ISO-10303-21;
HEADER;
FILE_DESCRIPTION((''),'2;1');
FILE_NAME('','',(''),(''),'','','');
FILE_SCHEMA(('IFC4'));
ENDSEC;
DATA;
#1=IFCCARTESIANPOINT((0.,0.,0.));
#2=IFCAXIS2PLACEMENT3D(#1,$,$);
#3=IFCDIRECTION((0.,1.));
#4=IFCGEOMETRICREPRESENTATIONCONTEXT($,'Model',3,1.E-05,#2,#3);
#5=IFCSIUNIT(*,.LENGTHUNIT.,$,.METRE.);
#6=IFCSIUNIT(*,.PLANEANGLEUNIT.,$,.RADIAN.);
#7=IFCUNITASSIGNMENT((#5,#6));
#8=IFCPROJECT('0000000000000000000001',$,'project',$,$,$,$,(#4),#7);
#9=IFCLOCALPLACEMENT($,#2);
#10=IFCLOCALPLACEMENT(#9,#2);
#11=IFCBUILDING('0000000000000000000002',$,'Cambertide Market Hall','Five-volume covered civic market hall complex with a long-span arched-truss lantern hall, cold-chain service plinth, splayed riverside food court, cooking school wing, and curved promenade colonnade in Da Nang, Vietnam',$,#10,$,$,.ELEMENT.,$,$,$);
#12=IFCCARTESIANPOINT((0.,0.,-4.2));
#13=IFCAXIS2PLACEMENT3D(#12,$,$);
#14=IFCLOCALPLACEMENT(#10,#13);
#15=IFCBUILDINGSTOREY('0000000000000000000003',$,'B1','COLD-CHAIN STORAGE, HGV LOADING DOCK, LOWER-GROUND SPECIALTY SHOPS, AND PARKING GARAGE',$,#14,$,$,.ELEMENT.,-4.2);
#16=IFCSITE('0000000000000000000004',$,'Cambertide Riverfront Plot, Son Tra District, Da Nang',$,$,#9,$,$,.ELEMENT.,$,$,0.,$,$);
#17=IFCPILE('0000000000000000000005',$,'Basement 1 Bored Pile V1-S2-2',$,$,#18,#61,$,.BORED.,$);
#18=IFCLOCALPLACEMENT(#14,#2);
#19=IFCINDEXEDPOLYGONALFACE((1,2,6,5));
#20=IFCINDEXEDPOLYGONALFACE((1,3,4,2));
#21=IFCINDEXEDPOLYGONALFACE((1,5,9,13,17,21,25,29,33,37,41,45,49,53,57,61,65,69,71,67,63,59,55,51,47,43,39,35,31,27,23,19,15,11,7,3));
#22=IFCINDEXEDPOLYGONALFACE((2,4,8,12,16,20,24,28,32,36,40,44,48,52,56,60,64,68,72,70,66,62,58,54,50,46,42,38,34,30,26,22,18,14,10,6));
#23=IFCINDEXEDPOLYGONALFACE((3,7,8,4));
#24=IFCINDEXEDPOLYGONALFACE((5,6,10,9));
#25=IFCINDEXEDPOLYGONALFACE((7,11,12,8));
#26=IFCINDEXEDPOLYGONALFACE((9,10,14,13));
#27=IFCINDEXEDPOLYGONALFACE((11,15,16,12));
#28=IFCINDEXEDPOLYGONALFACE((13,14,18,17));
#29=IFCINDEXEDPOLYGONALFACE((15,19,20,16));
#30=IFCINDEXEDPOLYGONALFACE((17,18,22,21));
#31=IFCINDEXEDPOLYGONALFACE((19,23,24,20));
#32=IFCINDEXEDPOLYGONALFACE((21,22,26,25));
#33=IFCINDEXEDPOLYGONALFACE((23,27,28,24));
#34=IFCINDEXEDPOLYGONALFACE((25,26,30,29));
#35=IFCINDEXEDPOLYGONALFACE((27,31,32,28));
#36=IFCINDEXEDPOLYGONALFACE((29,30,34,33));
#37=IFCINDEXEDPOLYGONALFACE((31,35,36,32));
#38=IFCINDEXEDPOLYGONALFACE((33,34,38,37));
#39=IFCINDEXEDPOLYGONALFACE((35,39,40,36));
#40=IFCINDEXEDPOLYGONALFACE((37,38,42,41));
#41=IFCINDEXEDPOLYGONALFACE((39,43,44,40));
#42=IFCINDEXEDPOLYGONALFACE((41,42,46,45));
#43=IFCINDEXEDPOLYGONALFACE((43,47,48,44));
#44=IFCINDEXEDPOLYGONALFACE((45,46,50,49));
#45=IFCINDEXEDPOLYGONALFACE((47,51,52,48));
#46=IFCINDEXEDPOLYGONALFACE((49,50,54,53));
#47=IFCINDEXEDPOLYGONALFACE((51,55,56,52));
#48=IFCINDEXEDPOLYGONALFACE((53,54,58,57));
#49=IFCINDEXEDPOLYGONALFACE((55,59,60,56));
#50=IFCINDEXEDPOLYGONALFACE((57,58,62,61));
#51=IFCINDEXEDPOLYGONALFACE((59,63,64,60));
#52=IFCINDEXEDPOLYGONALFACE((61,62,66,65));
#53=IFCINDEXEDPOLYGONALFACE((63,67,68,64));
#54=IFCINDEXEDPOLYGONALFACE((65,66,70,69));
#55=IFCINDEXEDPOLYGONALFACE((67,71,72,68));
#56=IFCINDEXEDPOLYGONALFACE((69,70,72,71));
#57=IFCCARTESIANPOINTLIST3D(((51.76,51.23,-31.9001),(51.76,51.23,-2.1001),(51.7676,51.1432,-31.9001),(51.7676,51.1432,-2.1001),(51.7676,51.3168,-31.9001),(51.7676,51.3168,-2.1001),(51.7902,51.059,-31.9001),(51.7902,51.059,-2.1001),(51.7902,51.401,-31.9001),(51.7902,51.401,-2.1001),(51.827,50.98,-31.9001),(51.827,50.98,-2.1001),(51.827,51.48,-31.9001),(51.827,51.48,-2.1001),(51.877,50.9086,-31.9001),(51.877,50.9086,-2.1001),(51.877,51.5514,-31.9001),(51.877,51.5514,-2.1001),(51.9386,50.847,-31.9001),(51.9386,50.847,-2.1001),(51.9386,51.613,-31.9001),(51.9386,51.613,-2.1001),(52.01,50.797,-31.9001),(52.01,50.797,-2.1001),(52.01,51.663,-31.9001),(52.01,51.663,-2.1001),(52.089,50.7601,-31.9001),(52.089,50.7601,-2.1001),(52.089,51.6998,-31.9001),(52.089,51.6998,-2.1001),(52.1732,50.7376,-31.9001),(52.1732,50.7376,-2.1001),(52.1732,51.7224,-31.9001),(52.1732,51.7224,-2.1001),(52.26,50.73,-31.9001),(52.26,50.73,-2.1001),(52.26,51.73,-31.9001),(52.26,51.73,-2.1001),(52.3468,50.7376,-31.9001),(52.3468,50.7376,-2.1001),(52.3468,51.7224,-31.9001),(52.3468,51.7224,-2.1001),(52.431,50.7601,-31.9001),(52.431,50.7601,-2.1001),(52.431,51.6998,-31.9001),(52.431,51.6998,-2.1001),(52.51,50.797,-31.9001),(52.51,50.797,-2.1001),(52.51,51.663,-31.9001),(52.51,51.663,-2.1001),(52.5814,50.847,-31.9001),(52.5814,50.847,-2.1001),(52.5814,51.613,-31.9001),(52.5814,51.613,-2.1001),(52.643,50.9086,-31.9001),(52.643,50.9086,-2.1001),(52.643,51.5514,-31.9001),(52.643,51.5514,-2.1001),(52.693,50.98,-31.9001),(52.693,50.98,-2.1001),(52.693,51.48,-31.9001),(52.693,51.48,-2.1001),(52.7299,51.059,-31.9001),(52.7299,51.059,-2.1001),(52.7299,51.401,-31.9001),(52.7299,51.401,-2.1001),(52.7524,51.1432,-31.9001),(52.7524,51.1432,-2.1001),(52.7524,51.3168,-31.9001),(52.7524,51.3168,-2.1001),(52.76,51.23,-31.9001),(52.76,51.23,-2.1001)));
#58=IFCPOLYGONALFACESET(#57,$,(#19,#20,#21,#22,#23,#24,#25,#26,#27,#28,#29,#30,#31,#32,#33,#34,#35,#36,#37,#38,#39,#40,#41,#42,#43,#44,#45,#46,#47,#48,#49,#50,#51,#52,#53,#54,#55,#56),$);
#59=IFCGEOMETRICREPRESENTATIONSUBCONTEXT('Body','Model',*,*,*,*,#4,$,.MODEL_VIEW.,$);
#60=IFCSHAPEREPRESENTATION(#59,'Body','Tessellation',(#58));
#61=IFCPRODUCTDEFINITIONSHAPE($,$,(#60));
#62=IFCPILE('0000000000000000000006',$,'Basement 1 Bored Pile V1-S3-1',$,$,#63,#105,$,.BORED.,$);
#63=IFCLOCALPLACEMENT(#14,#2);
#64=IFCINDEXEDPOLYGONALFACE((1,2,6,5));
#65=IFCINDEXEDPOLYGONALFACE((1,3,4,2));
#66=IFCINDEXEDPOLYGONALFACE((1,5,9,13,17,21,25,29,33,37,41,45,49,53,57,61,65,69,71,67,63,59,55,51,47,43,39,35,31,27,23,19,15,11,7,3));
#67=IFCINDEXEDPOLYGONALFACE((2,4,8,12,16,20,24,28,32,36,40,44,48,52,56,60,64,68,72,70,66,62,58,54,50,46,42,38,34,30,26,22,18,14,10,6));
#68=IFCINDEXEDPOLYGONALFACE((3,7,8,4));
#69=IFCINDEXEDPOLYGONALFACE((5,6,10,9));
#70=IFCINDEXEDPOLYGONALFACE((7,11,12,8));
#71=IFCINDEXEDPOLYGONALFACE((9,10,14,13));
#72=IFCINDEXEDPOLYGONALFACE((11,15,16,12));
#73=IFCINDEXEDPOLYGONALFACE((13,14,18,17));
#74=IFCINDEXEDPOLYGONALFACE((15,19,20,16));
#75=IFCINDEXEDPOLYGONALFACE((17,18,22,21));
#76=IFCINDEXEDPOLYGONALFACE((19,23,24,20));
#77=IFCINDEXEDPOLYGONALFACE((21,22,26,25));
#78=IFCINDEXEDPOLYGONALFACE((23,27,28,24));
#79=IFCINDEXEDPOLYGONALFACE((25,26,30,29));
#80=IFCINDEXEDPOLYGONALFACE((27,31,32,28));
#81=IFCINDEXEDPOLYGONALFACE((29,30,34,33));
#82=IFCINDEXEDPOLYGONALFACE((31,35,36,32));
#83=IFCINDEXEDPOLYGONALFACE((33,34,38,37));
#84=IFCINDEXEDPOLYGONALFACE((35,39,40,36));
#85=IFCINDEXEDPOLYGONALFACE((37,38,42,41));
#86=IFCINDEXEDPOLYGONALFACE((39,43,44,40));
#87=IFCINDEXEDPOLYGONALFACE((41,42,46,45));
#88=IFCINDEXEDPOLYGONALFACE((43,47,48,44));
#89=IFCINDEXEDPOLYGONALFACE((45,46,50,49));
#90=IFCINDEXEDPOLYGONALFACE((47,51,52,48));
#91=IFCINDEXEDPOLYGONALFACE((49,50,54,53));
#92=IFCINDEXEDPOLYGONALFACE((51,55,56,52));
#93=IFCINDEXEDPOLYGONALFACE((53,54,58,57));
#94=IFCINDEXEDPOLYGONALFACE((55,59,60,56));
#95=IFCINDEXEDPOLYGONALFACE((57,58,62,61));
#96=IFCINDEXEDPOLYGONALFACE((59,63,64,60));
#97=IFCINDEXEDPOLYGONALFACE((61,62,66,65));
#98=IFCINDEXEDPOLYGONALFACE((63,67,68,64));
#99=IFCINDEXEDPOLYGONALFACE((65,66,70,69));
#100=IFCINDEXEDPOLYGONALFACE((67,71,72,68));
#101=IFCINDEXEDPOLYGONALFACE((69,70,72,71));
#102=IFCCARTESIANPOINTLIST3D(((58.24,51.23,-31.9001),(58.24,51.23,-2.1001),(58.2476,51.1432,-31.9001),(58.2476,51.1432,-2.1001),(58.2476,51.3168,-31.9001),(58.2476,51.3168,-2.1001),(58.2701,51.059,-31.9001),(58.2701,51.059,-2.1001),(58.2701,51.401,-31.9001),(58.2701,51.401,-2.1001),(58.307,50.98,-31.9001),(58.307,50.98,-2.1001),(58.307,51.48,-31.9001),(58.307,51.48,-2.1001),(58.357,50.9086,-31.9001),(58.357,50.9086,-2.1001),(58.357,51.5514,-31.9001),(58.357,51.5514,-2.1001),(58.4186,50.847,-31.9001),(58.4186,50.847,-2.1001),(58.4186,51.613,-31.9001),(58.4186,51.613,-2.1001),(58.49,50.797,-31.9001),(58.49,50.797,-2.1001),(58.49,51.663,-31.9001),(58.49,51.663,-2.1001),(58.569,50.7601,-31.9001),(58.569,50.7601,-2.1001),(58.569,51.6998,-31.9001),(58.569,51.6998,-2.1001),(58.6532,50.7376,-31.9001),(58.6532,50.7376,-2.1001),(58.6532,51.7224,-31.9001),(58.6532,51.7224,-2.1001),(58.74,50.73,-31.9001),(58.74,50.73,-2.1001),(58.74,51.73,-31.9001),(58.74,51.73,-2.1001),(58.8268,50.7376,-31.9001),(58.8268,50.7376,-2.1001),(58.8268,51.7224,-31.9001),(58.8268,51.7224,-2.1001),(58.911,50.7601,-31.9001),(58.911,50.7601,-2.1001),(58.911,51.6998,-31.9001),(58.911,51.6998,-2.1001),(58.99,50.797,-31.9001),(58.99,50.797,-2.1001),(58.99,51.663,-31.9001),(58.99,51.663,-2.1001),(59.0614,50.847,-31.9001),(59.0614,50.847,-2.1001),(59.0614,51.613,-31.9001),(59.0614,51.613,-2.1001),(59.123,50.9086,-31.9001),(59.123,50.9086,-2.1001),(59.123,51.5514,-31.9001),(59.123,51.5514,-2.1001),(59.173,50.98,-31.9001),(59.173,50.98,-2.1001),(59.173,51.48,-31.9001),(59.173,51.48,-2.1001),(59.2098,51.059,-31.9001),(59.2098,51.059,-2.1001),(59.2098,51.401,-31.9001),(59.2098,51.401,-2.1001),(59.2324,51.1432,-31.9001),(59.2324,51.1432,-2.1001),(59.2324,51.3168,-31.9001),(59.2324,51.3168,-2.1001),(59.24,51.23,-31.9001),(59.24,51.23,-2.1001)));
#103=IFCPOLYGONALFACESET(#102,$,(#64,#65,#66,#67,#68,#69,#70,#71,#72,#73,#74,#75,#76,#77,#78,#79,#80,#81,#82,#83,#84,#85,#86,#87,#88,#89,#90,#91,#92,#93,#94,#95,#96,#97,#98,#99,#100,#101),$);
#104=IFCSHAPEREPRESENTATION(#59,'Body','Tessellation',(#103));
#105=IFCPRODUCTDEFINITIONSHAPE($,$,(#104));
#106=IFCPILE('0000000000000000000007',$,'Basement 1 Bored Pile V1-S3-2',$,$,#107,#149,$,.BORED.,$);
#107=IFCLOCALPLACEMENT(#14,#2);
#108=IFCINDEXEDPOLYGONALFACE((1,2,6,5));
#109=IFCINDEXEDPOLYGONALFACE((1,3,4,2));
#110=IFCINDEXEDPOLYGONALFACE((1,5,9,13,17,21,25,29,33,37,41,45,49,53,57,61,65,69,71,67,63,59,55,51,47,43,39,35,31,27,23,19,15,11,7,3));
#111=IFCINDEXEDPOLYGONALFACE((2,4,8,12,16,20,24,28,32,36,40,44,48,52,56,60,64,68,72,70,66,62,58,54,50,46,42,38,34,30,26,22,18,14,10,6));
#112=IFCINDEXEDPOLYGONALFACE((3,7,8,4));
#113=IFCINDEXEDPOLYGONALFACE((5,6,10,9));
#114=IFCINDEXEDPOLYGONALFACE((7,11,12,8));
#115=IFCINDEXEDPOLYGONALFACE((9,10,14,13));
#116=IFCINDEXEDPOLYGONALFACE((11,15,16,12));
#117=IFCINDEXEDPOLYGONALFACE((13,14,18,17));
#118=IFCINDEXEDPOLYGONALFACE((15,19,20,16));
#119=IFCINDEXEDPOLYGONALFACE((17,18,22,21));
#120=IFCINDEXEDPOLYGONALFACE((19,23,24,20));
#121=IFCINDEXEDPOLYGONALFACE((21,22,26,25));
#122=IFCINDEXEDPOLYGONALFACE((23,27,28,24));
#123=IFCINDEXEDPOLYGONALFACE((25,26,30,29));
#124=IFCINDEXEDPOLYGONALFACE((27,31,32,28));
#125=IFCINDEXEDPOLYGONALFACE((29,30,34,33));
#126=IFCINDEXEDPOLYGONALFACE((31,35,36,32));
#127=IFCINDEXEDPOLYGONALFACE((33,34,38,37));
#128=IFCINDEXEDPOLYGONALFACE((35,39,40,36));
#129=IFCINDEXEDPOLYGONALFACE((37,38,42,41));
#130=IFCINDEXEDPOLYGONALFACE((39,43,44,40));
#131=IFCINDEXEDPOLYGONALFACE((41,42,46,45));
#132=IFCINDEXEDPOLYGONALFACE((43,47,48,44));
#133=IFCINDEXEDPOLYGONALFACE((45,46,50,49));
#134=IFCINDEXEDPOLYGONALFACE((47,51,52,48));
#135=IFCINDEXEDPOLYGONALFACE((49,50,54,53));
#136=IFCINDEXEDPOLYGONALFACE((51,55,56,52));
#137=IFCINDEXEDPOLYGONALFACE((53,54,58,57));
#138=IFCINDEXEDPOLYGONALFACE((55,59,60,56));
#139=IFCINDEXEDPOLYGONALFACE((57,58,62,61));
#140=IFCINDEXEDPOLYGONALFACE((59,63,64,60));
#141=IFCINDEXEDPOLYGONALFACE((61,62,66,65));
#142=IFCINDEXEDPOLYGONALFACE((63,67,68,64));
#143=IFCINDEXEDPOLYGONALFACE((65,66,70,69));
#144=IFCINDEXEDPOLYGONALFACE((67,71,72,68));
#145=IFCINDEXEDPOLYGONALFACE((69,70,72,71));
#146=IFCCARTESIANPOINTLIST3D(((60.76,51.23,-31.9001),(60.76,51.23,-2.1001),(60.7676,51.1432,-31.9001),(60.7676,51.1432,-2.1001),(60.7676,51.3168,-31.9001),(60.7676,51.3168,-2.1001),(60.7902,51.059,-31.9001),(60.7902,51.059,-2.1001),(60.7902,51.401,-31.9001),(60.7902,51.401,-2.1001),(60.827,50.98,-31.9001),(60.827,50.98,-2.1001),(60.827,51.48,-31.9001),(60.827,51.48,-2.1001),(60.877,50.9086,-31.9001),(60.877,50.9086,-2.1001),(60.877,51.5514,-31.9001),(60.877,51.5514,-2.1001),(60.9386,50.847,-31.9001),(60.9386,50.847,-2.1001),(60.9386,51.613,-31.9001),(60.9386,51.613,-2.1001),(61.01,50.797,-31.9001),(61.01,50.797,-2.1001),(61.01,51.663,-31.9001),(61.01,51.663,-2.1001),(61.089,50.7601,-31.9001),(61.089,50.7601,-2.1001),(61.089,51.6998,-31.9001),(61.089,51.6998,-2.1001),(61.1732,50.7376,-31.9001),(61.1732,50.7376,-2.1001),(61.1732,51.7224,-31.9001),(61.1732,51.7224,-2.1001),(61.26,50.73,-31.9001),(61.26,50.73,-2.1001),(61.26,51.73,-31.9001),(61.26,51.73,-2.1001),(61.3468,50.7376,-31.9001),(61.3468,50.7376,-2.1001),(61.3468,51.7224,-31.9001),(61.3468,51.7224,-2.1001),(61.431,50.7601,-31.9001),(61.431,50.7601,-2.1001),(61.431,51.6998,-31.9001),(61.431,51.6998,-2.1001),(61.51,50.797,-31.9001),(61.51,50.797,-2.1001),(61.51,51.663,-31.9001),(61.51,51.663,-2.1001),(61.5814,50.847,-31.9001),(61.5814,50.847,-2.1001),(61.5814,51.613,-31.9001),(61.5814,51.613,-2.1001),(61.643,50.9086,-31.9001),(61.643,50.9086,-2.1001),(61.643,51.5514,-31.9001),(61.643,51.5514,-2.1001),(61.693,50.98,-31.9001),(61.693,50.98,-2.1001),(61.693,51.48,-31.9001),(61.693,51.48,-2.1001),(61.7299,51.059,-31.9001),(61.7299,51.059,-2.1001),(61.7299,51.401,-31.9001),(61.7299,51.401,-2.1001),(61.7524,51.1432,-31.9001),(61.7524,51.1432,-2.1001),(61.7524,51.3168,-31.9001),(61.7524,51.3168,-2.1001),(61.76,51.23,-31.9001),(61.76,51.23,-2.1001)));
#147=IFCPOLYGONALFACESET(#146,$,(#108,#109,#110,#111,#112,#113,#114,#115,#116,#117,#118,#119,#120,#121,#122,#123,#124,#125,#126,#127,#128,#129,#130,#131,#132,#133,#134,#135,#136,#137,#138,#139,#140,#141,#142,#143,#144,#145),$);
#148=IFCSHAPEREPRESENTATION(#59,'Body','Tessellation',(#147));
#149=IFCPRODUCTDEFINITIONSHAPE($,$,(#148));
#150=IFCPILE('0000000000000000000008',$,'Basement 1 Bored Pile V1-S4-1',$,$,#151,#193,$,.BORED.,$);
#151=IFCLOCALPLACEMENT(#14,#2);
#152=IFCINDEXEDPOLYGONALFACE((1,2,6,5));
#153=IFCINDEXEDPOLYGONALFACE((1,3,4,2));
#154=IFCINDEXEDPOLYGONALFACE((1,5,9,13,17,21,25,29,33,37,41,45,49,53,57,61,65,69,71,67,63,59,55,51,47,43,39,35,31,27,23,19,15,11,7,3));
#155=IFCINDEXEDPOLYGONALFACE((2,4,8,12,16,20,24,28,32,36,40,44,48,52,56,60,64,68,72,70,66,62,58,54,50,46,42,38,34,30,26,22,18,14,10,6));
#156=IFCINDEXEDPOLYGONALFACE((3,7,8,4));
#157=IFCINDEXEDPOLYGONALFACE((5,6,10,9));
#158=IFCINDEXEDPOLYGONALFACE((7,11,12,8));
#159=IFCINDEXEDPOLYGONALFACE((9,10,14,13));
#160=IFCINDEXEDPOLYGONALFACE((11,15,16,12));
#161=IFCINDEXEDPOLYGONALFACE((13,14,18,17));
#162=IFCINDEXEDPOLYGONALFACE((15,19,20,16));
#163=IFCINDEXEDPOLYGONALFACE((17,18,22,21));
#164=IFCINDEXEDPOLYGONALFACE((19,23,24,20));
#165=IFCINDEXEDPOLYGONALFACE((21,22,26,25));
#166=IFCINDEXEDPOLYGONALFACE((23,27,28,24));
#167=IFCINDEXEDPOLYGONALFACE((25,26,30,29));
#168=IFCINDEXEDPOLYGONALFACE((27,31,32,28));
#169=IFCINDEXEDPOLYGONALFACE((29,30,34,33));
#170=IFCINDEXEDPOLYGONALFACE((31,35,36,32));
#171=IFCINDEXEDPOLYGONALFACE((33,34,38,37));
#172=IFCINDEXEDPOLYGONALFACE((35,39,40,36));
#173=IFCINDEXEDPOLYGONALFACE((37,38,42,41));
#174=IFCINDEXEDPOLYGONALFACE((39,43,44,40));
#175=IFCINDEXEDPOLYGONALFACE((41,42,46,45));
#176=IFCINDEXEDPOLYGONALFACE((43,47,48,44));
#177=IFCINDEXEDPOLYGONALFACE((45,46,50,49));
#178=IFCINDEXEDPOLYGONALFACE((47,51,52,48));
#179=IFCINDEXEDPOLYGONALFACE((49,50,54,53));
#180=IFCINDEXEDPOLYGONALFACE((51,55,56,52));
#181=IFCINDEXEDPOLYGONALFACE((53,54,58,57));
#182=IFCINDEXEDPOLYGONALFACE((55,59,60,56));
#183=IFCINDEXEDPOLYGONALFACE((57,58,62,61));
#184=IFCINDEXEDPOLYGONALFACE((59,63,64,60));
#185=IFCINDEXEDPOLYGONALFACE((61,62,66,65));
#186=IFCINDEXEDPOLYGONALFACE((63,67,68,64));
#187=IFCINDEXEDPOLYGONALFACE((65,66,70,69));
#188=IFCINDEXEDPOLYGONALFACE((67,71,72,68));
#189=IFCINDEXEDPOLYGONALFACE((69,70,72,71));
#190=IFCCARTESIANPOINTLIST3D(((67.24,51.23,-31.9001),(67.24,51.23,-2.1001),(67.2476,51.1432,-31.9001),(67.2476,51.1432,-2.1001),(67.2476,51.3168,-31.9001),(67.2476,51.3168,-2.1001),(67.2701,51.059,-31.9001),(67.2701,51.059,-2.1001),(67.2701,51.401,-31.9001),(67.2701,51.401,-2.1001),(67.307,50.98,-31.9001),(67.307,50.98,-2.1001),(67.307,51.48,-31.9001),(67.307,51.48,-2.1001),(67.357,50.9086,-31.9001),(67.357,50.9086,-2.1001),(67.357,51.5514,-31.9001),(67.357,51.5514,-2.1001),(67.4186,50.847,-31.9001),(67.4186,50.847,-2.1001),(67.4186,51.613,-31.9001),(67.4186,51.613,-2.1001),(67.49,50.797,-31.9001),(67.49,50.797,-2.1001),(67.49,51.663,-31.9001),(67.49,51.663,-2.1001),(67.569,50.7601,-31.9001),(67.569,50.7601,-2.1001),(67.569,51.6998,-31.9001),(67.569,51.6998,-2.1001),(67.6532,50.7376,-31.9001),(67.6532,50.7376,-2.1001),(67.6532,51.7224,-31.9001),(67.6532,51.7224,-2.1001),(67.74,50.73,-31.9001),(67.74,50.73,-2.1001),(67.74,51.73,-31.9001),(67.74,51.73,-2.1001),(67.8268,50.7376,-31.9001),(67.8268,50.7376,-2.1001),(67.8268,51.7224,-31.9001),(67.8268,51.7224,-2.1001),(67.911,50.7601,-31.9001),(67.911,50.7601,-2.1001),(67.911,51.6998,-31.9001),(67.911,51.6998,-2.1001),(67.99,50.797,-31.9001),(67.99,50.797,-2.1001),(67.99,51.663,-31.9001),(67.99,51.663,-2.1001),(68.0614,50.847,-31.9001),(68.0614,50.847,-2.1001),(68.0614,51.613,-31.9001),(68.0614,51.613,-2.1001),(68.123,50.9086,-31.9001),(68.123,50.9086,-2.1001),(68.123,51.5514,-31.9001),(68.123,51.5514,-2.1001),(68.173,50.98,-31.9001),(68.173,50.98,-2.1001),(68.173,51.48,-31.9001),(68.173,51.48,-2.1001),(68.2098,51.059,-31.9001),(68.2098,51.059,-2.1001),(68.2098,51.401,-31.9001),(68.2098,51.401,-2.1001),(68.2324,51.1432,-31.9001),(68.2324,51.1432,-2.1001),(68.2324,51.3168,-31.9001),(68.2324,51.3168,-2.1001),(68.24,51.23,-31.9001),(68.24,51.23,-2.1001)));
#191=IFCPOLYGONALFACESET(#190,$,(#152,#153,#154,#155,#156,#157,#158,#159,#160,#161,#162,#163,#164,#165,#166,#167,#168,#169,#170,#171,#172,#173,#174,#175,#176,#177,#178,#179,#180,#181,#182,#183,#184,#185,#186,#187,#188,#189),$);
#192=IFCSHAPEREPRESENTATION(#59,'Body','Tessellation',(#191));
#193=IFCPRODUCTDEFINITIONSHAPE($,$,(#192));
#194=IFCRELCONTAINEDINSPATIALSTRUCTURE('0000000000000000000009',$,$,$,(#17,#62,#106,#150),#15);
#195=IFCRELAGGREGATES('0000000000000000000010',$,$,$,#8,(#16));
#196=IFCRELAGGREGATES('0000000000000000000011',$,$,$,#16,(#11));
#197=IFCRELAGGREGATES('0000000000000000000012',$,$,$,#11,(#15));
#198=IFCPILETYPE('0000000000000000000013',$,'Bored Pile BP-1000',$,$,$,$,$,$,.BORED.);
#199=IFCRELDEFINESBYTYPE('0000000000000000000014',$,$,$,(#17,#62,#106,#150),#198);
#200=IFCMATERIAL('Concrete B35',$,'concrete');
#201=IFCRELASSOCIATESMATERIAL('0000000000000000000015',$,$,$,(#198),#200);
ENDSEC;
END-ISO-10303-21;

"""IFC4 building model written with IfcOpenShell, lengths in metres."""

from ifc_helpers import new_model, si_unit, direction, frame, origin, origin_2d, place, context, subcontext, project, spatial, circle, extrude, material, material_profile, profile_set, type_object, element, save


model = new_model("IFC4")

# Units and contexts
model_context = context("Model", 3, precision=1e-05, world=origin(), true_north=direction((0.0, 1.0)))
body_context = subcontext(model_context, "Body", "Model", "MODEL_VIEW")
ifc_project = project(units=[si_unit("LENGTHUNIT", "METRE"), si_unit("PLANEANGLEUNIT", "RADIAN")], contexts=[model_context])

# Site, building, storey
site_placement = place(None, origin())
site = spatial("IfcSite", under=ifc_project, at=site_placement, Name="Cambertide Riverfront Plot, Son Tra District, Da Nang", CompositionType="ELEMENT", RefElevation=0.0)
building_placement = place(site_placement, origin())
building = spatial("IfcBuilding", under=site, at=building_placement, Name="Cambertide Market Hall", Description="Five-volume covered civic market hall complex with a long-span arched-truss lantern hall, cold-chain service plinth, splayed riverside food court, cooking school wing, and curved promenade colonnade in Da Nang, Vietnam", CompositionType="ELEMENT")
storey_placement = place(building_placement, frame((0.0, 0.0, -4.2)))
storey = spatial("IfcBuildingStorey", under=building, at=storey_placement, Name="B1", Description="COLD-CHAIN STORAGE, HGV LOADING DOCK, LOWER-GROUND SPECIALTY SHOPS, AND PARKING GARAGE", CompositionType="ELEMENT", Elevation=-4.2)

# Piles
ifc_material_1 = material(Name="Concrete B35", Category="concrete")
ifc_material_profile_1 = material_profile(ifc_material_1, circle(Radius=0.5, at=origin_2d()), Name="BP D1000")
ifc_profile_set_1 = profile_set([ifc_material_profile_1], Name="Concrete B35")
pile_type_1 = type_object("IfcPileType", Name="Bored Pile BP-1000", PredefinedType="BORED", material=ifc_profile_set_1)
for number, where, z_axis, x_axis, name in (
    (1, (52.26, 51.23, -2.1001), (0.0, 0.0, -1.0), (1.0, 0.0, 0.0), "Basement 1 Bored Pile V1-S2-2"),
    (2, (58.74, 51.23, -2.1001), (0.0, 0.0, -1.0), (1.0, 0.0, 0.0), "Basement 1 Bored Pile V1-S3-1"),
    (3, (61.26, 51.23, -2.1001), (0.0, 0.0, -1.0), (1.0, 0.0, 0.0), "Basement 1 Bored Pile V1-S3-2"),
    (4, (67.74, 51.23, -2.1001), (0.0, 0.0, -1.0), (1.0, 0.0, 0.0), "Basement 1 Bored Pile V1-S4-1"),
):
    element("IfcPile", number, at=place(storey_placement, frame(where, z_axis=z_axis, x_axis=x_axis)), inside=storey, type_object=pile_type_1, Name=name, PredefinedType="BORED", context=body_context, shape_type="SweptSolid", body=[
        extrude(circle(Radius=0.5, at=origin_2d()), origin(), (0.0, 0.0, 1.0), 29.8),
    ])

save(model, "model.ifc")
